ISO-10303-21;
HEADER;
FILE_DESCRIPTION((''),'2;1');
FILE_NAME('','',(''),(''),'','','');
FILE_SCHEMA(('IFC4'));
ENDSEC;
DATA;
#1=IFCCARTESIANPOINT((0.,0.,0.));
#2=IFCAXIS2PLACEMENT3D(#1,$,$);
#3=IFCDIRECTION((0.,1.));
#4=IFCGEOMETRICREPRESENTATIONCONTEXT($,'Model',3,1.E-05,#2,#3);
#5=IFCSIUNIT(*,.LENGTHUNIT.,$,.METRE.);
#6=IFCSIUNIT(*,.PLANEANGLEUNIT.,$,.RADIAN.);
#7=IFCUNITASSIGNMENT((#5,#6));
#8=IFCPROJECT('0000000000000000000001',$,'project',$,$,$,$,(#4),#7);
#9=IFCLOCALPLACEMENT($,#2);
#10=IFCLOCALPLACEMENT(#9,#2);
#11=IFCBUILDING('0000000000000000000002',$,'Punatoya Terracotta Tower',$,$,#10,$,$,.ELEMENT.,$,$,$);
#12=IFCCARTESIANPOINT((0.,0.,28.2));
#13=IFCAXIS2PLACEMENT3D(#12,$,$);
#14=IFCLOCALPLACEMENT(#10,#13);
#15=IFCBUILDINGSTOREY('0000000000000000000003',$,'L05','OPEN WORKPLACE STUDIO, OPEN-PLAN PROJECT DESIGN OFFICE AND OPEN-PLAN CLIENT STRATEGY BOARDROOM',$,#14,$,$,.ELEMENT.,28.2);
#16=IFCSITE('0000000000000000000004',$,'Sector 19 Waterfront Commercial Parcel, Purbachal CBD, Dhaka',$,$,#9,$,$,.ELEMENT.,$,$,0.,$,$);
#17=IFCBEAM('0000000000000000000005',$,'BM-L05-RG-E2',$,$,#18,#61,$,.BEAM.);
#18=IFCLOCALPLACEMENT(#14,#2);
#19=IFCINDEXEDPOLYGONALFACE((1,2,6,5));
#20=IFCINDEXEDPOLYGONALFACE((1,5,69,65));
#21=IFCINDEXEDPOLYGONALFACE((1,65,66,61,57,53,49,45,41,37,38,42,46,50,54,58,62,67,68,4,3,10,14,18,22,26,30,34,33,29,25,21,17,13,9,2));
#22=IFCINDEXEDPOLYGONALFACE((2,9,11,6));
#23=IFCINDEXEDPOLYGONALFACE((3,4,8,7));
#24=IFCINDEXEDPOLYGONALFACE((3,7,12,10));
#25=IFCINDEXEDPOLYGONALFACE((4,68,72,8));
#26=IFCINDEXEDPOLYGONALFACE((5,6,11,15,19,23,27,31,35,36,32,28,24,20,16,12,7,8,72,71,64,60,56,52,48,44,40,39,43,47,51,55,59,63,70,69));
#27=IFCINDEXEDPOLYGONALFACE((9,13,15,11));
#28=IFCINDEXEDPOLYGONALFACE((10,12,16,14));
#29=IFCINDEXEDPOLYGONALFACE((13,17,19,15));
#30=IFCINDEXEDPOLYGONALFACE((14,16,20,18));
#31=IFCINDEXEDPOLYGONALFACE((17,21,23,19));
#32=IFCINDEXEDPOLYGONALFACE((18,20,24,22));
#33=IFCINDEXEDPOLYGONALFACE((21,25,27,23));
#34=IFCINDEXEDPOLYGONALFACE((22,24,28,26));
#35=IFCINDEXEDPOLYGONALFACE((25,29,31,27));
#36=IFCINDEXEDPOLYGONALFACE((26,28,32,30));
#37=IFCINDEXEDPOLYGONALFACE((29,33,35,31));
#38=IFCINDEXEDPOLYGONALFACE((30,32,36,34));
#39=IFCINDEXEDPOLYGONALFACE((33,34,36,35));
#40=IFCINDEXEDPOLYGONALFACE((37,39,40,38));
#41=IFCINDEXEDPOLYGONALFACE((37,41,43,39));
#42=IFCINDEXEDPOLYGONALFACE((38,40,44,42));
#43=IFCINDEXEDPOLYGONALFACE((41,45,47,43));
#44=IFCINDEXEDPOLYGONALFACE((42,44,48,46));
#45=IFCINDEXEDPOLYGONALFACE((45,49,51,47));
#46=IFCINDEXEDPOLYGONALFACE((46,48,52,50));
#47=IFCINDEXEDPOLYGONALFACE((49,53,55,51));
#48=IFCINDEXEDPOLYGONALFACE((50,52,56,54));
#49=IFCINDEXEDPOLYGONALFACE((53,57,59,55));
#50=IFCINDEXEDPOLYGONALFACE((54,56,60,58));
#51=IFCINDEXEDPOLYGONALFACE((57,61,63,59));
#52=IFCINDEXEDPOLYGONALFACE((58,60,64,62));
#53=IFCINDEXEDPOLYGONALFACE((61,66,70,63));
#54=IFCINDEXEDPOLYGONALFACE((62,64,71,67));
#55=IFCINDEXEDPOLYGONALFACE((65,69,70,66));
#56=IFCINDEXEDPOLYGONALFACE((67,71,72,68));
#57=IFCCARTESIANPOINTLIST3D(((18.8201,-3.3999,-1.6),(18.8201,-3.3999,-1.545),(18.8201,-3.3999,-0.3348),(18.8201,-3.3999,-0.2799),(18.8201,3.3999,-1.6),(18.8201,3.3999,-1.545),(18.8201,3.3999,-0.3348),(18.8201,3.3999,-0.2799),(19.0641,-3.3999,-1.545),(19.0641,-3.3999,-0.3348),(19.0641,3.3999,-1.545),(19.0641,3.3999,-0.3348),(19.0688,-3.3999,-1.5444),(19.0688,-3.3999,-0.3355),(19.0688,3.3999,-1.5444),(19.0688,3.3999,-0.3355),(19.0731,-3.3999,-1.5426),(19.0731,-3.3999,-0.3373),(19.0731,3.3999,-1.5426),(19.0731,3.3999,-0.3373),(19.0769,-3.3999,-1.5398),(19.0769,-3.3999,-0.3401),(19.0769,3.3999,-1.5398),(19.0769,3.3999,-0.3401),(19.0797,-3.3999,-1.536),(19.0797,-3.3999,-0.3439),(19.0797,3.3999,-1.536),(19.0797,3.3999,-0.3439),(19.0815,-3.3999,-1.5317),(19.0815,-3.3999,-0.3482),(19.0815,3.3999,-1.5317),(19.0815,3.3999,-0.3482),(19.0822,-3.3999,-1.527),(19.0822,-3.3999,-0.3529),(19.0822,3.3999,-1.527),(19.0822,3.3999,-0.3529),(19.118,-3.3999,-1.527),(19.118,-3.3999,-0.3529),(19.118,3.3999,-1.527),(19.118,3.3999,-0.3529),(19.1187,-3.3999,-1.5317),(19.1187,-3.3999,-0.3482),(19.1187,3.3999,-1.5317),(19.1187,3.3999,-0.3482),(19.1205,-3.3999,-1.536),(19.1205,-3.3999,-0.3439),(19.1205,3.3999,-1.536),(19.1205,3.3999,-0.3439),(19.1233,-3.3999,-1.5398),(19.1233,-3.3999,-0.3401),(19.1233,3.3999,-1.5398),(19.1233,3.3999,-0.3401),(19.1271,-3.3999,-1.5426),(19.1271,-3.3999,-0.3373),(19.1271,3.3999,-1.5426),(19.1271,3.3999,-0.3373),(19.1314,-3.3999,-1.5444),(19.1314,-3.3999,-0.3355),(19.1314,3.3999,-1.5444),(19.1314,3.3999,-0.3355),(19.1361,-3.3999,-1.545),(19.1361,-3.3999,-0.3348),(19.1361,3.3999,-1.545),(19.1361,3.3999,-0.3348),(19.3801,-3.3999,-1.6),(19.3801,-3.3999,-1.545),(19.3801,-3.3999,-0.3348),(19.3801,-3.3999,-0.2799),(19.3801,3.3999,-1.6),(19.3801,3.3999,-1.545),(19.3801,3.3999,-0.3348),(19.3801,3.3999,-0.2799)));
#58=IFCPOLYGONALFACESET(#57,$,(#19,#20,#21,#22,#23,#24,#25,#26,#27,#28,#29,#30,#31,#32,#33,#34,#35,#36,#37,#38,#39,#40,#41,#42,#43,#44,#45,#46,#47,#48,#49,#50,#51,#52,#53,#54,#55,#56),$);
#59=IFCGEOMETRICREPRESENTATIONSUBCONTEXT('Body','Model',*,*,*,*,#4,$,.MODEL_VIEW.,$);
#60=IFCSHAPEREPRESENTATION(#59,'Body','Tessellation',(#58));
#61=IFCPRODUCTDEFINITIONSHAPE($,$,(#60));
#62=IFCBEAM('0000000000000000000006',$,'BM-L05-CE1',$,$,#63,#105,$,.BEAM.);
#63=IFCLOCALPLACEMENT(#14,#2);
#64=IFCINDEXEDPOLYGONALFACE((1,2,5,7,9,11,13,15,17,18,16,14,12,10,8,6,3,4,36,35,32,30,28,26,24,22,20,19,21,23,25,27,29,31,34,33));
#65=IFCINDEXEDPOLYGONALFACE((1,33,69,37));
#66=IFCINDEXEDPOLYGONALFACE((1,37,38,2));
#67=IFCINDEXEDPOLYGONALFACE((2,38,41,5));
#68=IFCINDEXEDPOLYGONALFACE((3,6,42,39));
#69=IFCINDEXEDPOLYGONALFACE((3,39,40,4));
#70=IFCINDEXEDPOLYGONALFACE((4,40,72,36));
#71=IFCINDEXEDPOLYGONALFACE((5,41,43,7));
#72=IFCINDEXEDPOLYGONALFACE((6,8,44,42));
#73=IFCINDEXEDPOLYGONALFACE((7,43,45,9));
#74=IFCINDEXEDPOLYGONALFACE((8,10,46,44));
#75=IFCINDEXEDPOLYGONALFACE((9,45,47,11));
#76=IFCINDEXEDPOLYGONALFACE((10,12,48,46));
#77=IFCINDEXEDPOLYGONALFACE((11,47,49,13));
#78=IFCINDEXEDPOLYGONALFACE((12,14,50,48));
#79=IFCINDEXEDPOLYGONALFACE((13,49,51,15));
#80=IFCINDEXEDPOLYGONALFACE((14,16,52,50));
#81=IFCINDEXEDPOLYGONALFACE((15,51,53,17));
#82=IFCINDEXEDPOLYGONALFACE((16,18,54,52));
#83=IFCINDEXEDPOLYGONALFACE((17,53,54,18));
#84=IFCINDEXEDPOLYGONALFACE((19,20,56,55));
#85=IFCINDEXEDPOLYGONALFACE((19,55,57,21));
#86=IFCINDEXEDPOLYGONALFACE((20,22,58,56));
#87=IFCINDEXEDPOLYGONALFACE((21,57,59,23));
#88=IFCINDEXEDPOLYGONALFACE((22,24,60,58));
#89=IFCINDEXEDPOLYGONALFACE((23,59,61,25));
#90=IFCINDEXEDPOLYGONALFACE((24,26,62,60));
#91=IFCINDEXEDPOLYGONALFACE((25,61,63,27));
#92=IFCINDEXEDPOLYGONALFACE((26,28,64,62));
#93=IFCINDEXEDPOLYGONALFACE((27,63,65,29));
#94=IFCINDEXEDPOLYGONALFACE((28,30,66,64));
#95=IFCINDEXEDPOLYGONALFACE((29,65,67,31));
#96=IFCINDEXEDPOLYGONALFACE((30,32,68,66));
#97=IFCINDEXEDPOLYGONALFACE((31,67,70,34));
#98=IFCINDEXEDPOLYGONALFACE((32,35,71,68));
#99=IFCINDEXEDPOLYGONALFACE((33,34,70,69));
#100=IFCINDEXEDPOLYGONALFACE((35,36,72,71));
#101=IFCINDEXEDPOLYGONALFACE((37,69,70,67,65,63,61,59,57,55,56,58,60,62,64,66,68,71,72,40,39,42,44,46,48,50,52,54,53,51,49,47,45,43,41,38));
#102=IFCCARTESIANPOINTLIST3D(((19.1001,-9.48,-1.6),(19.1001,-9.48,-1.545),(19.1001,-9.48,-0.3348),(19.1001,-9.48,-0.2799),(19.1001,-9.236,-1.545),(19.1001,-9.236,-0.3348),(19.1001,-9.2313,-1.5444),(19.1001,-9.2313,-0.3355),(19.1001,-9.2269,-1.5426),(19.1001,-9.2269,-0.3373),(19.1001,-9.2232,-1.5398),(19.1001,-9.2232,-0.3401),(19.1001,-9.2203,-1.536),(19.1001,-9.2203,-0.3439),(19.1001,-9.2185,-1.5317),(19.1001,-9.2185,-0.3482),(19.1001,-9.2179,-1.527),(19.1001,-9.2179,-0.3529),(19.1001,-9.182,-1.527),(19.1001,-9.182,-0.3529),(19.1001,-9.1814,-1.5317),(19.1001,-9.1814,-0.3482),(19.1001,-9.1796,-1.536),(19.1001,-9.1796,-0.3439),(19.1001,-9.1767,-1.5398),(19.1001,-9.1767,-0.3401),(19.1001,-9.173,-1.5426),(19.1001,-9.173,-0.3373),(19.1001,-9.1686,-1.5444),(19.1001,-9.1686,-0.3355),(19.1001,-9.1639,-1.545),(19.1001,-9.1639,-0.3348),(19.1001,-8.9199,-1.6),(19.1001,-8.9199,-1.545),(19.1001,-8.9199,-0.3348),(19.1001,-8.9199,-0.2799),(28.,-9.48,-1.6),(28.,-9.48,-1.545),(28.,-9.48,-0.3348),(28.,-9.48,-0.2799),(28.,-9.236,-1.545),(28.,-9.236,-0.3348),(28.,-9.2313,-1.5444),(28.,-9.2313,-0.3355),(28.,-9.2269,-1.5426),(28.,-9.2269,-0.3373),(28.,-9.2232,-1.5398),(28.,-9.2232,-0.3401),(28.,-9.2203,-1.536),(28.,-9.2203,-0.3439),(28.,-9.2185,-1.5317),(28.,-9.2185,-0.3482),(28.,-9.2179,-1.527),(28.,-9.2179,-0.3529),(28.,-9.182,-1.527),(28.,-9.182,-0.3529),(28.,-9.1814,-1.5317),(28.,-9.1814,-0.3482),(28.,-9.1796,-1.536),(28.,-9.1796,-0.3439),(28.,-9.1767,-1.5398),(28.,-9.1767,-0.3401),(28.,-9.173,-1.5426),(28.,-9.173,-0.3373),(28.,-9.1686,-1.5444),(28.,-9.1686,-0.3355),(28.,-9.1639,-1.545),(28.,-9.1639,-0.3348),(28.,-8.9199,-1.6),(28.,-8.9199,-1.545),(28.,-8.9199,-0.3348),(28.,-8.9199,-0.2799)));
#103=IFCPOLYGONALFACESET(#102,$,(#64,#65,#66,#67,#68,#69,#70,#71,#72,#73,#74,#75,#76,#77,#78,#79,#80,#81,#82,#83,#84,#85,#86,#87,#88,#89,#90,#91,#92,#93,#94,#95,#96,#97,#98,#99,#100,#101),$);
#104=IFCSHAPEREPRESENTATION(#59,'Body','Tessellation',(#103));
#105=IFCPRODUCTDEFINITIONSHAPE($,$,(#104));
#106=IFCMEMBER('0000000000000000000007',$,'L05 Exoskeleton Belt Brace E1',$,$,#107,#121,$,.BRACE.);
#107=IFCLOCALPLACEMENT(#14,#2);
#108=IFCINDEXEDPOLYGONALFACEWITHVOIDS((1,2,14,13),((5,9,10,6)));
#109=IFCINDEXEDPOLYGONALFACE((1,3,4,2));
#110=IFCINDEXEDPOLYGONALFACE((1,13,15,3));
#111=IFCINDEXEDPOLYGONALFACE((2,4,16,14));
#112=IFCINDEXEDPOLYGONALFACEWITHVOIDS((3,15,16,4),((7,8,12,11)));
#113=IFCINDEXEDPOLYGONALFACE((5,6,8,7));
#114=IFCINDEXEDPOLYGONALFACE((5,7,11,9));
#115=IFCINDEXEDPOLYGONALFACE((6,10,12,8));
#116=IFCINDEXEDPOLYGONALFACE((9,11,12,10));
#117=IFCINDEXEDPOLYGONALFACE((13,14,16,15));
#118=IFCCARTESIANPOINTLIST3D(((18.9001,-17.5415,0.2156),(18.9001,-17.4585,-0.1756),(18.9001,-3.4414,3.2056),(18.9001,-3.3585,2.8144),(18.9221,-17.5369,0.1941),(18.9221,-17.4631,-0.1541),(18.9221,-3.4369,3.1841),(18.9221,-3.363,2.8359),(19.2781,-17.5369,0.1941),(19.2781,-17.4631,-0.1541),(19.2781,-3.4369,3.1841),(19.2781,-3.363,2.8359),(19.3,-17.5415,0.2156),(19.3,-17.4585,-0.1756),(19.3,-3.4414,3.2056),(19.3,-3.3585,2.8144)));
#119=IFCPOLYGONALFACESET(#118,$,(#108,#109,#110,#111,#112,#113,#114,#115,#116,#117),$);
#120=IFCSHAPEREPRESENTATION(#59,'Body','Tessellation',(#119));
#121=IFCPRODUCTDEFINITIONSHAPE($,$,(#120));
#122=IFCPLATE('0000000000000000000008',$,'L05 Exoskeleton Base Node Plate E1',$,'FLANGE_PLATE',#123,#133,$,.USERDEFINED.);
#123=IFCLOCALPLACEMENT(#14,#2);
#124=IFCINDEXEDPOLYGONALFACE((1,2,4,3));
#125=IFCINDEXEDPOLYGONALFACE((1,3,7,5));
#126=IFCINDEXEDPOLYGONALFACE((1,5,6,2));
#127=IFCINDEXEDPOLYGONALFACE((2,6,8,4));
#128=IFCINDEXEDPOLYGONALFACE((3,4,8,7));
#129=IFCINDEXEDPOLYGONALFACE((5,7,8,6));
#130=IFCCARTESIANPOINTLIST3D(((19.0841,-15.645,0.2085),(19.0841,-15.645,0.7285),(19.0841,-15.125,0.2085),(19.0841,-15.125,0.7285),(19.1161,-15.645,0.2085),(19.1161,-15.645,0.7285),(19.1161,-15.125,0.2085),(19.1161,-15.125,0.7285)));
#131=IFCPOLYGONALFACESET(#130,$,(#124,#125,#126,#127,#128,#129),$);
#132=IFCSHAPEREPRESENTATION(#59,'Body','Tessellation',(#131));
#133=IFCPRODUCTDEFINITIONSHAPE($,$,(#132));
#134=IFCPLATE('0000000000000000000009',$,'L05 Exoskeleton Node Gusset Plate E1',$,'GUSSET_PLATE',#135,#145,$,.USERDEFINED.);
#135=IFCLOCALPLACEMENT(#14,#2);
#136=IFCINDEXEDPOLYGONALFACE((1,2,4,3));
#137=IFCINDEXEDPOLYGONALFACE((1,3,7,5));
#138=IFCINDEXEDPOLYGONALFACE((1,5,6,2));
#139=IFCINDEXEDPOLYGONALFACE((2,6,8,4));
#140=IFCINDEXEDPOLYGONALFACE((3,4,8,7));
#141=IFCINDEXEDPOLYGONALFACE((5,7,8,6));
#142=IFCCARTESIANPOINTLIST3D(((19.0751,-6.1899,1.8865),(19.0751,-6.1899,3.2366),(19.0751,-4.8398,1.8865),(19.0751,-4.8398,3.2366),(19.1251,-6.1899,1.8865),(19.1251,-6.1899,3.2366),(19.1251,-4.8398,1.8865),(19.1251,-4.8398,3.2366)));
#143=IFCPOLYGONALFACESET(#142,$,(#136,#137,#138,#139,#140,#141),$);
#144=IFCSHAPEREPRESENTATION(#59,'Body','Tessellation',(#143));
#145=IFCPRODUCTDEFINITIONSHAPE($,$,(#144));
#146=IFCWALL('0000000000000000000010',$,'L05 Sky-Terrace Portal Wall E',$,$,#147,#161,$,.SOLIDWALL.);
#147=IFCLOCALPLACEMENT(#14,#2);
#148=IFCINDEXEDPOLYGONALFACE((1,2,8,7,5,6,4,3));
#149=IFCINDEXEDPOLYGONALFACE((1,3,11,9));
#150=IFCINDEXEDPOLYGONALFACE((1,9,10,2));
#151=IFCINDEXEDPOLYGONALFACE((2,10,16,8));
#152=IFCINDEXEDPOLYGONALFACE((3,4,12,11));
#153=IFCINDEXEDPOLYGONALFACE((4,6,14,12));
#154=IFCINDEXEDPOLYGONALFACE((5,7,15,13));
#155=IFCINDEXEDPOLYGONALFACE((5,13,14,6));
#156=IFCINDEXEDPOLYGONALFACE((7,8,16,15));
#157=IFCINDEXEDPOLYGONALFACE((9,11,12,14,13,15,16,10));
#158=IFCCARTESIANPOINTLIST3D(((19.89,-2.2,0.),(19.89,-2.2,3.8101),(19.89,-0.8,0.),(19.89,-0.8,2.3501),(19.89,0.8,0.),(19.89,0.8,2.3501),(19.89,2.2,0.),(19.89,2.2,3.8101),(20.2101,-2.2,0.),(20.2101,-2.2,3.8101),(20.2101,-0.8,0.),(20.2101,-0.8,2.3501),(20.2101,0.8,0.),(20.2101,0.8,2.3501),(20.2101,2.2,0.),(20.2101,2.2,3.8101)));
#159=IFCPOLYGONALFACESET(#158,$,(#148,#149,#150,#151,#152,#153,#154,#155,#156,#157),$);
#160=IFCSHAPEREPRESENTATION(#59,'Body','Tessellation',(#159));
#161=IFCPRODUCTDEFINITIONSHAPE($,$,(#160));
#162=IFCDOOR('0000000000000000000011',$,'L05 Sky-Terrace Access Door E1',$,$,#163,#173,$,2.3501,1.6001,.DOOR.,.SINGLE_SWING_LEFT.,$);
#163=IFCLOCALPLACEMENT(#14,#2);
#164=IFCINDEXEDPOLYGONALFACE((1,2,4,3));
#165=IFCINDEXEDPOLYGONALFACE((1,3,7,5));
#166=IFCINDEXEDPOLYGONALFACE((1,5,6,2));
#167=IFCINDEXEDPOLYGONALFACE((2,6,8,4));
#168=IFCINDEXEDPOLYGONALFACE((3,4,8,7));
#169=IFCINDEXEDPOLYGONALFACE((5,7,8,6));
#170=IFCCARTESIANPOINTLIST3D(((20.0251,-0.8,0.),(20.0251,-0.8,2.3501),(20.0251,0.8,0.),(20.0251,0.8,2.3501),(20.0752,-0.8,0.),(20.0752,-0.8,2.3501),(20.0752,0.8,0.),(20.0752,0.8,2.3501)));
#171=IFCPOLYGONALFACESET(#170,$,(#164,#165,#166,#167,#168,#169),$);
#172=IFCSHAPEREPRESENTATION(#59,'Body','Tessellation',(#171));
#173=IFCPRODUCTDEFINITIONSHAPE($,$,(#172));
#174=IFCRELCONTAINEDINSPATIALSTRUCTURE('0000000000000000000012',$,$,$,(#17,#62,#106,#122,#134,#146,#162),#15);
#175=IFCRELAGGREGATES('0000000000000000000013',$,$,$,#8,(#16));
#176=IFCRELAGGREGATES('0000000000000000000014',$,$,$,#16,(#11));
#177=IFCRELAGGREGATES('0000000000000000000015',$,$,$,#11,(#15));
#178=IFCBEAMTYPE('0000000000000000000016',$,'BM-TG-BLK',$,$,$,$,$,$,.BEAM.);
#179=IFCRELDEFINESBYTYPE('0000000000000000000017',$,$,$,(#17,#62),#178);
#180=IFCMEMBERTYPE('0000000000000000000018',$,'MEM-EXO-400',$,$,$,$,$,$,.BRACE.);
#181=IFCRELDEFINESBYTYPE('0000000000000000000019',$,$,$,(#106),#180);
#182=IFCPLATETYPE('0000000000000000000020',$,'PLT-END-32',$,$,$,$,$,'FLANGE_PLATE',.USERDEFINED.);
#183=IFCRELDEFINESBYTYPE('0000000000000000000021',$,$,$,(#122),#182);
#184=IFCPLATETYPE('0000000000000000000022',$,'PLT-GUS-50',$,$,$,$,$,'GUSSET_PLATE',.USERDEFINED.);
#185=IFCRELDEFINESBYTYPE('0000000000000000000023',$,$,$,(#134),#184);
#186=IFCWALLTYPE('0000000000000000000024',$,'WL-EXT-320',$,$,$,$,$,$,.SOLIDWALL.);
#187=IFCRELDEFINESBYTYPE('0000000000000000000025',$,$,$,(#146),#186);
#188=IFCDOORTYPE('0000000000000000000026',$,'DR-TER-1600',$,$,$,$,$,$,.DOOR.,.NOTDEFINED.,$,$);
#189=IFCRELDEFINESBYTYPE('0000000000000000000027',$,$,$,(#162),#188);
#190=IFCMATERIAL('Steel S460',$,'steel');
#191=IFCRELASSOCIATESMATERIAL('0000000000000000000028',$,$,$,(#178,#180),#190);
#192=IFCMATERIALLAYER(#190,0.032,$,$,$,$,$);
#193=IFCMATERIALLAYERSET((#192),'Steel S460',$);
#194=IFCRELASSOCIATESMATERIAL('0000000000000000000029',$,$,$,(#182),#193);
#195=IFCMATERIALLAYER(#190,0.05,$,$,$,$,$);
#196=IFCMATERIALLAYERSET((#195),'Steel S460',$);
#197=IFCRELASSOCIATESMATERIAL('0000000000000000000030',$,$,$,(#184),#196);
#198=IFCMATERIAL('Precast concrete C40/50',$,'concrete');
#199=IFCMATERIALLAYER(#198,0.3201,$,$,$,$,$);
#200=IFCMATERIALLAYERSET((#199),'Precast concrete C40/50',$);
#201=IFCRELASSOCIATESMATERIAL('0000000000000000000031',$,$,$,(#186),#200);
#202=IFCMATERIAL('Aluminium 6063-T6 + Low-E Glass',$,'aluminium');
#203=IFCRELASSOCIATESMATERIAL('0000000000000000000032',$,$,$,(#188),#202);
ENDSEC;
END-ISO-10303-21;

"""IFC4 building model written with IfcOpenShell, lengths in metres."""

from ifc_helpers import new_model, si_unit, direction, frame, frame_2d, origin, origin_2d, place, context, subcontext, project, spatial, rectangle, hollow_rectangle, i_section, extrude, material, layer, layer_set, material_profile, profile_set, type_object, element, fill, save


model = new_model("IFC4")

# Units and contexts
model_context = context("Model", 3, precision=1e-05, world=origin(), true_north=direction((0.0, 1.0)))
body_context = subcontext(model_context, "Body", "Model", "MODEL_VIEW")
ifc_project = project(units=[si_unit("LENGTHUNIT", "METRE"), si_unit("PLANEANGLEUNIT", "RADIAN")], contexts=[model_context])

# Site, building, storey
site_placement = place(None, origin())
site = spatial("IfcSite", under=ifc_project, at=site_placement, Name="Sector 19 Waterfront Commercial Parcel, Purbachal CBD, Dhaka", CompositionType="ELEMENT", RefElevation=0.0)
building_placement = place(site_placement, origin())
building = spatial("IfcBuilding", under=site, at=building_placement, Name="Punatoya Terracotta Tower", CompositionType="ELEMENT")
storey_placement = place(building_placement, frame((0.0, 0.0, 28.2)))
storey = spatial("IfcBuildingStorey", under=building, at=storey_placement, Name="L05", Description="OPEN WORKPLACE STUDIO, OPEN-PLAN PROJECT DESIGN OFFICE AND OPEN-PLAN CLIENT STRATEGY BOARDROOM", CompositionType="ELEMENT", Elevation=28.2)

# Shared definitions
ifc_material_1 = material(Name="Steel S460", Category="steel")

# Beams
ifc_material_profile_1 = material_profile(ifc_material_1, i_section(OverallWidth=0.5601, OverallDepth=1.3201, WebThickness=0.0359, FlangeThickness=0.0549, FilletRadius=0.0181, at=origin_2d()))
ifc_profile_set_1 = profile_set([ifc_material_profile_1], Name="Steel S460")
beam_type_1 = type_object("IfcBeamType", Name="BM-TG-BLK", PredefinedType="BEAM", material=ifc_profile_set_1)
beam_1_placement = place(storey_placement, frame((19.1001, -3.3999, -0.9399), z_axis=(0.0, 1.0, 0.0), x_axis=(-1.0, 0.0, 0.0)))
element("IfcBeam", 1, at=beam_1_placement, inside=storey, type_object=beam_type_1, Name="BM-L05-RG-E2", PredefinedType="BEAM", context=body_context, shape_type="SweptSolid", body=[
    extrude(i_section(OverallWidth=0.5601, OverallDepth=1.3201, WebThickness=0.0359, FlangeThickness=0.0549, FilletRadius=0.0181, at=origin_2d()), origin(), (0.0, 0.0, 1.0), 6.7998),
])
beam_2_placement = place(storey_placement, frame((19.1001, -9.2, -0.9399), z_axis=(1.0, 0.0, 0.0), x_axis=(0.0, 1.0, 0.0)))
element("IfcBeam", 2, at=beam_2_placement, inside=storey, type_object=beam_type_1, Name="BM-L05-CE1", PredefinedType="BEAM", context=body_context, shape_type="SweptSolid", body=[
    extrude(i_section(OverallWidth=0.5601, OverallDepth=1.3201, WebThickness=0.0359, FlangeThickness=0.0549, FilletRadius=0.0181, at=origin_2d()), origin(), (0.0, 0.0, 1.0), 8.8999),
])

# Member
ifc_material_profile_2 = material_profile(ifc_material_1, hollow_rectangle(XDim=0.3999, YDim=0.3999, WallThickness=0.022, at=origin_2d()))
ifc_profile_set_2 = profile_set([ifc_material_profile_2], Name="Steel S460")
member_type = type_object("IfcMemberType", Name="MEM-EXO-400", PredefinedType="BRACE", material=ifc_profile_set_2)
member_placement = place(storey_placement, frame((19.1001, -17.5, 0.02), z_axis=(0.0, 0.978247, 0.207442), x_axis=(-1.0, 0.0, 0.0)))
element("IfcMember", 3, at=member_placement, inside=storey, type_object=member_type, Name="L05 Exoskeleton Belt Brace E1", PredefinedType="BRACE", context=body_context, shape_type="SweptSolid", body=[
    extrude(hollow_rectangle(XDim=0.3999, YDim=0.3999, WallThickness=0.022, at=origin_2d()), origin(), (0.0, 0.0, 1.0), 14.4136),
])

# Plates
ifc_layer_1 = layer(ifc_material_1, 0.032)
ifc_layer_set_1 = layer_set([ifc_layer_1], Name="Steel S460")
plate_type_1 = type_object("IfcPlateType", Name="PLT-END-32", ElementType="FLANGE_PLATE", PredefinedType="USERDEFINED", material=ifc_layer_set_1)
plate_1_placement = place(storey_placement, frame((19.1001, -15.385, 0.2085), z_axis=(0.0, 0.0, 1.0), x_axis=(0.0, 1.0, 0.0)))
element("IfcPlate", 4, at=plate_1_placement, inside=storey, type_object=plate_type_1, Name="L05 Exoskeleton Base Node Plate E1", ObjectType="FLANGE_PLATE", PredefinedType="USERDEFINED", context=body_context, shape_type="SweptSolid", body=[
    extrude(rectangle(XDim=0.52, YDim=0.032, at=origin_2d()), origin(), (0.0, 0.0, 1.0), 0.52),
])
ifc_layer_2 = layer(ifc_material_1, 0.05)
ifc_layer_set_2 = layer_set([ifc_layer_2], Name="Steel S460")
plate_type_2 = type_object("IfcPlateType", Name="PLT-GUS-50", ElementType="GUSSET_PLATE", PredefinedType="USERDEFINED", material=ifc_layer_set_2)
plate_2_placement = place(storey_placement, frame((19.1001, -5.5149, 1.8865), z_axis=(0.0, 0.0, 1.0), x_axis=(0.0, 1.0, 0.0)))
element("IfcPlate", 5, at=plate_2_placement, inside=storey, type_object=plate_type_2, Name="L05 Exoskeleton Node Gusset Plate E1", ObjectType="GUSSET_PLATE", PredefinedType="USERDEFINED", context=body_context, shape_type="SweptSolid", body=[
    extrude(rectangle(XDim=1.3501, YDim=0.05, at=origin_2d()), origin(), (0.0, 0.0, 1.0), 1.3501),
])

# Wall, opening, door
ifc_material_2 = material(Name="Precast concrete C40/50", Category="concrete")
ifc_layer_3 = layer(ifc_material_2, 0.3201)
ifc_layer_set_3 = layer_set([ifc_layer_3], Name="Precast concrete C40/50")
wall_type_1 = type_object("IfcWallType", Name="WL-EXT-320", PredefinedType="SOLIDWALL", material=ifc_layer_set_3)
wall_1_placement = place(storey_placement, frame((20.05, -2.2, 0.0), z_axis=(0.0, 0.0, 1.0), x_axis=(0.0, 1.0, 0.0)))
wall_1 = element("IfcWall", 6, at=wall_1_placement, inside=storey, type_object=wall_type_1, Name="L05 Sky-Terrace Portal Wall E", PredefinedType="SOLIDWALL", context=body_context, shape_type="SweptSolid", body=[
    extrude(rectangle(XDim=4.3999, YDim=0.3201, at=frame_2d((2.2, 0.0))), origin(), (0.0, 0.0, 1.0), 3.8101),
])
opening_1_placement = place(wall_1_placement, frame((1.3999, 0.0, 0.0)))
opening_1 = element("IfcOpeningElement", 7, at=opening_1_placement, cuts=wall_1, PredefinedType="OPENING", context=body_context, shape_type="SweptSolid", body=[
    extrude(rectangle(XDim=1.6001, YDim=2.3501, at=frame_2d((0.8, 1.175))), frame((0.0, 0.1699, 0.0), z_axis=(0.0, -1.0, 0.0), x_axis=(1.0, 0.0, 0.0)), (0.0, 0.0, 1.0), 0.3401),
])
ifc_material_3 = material(Name="Aluminium 6063-T6 + Low-E Glass", Category="aluminium")
door_type_1 = type_object("IfcDoorType", Name="DR-TER-1600", OperationType="NOTDEFINED", PredefinedType="DOOR", material=ifc_material_3)
door_1_placement = place(opening_1_placement, origin())
door_1 = element("IfcDoor", 8, at=door_1_placement, inside=storey, type_object=door_type_1, Name="L05 Sky-Terrace Access Door E1", OperationType="SINGLE_SWING_LEFT", OverallHeight=2.3501, OverallWidth=1.6001, PredefinedType="DOOR", context=body_context, shape_type="SweptSolid", body=[
    extrude(rectangle(XDim=1.6001, YDim=2.3501, at=frame_2d((0.8, 1.175))), frame((0.0, 0.0249, 0.0), z_axis=(0.0, -1.0, 0.0), x_axis=(1.0, 0.0, 0.0)), (0.0, 0.0, 1.0), 0.05),
])
fill(opening_1, door_1)

save(model, "model.ifc")
